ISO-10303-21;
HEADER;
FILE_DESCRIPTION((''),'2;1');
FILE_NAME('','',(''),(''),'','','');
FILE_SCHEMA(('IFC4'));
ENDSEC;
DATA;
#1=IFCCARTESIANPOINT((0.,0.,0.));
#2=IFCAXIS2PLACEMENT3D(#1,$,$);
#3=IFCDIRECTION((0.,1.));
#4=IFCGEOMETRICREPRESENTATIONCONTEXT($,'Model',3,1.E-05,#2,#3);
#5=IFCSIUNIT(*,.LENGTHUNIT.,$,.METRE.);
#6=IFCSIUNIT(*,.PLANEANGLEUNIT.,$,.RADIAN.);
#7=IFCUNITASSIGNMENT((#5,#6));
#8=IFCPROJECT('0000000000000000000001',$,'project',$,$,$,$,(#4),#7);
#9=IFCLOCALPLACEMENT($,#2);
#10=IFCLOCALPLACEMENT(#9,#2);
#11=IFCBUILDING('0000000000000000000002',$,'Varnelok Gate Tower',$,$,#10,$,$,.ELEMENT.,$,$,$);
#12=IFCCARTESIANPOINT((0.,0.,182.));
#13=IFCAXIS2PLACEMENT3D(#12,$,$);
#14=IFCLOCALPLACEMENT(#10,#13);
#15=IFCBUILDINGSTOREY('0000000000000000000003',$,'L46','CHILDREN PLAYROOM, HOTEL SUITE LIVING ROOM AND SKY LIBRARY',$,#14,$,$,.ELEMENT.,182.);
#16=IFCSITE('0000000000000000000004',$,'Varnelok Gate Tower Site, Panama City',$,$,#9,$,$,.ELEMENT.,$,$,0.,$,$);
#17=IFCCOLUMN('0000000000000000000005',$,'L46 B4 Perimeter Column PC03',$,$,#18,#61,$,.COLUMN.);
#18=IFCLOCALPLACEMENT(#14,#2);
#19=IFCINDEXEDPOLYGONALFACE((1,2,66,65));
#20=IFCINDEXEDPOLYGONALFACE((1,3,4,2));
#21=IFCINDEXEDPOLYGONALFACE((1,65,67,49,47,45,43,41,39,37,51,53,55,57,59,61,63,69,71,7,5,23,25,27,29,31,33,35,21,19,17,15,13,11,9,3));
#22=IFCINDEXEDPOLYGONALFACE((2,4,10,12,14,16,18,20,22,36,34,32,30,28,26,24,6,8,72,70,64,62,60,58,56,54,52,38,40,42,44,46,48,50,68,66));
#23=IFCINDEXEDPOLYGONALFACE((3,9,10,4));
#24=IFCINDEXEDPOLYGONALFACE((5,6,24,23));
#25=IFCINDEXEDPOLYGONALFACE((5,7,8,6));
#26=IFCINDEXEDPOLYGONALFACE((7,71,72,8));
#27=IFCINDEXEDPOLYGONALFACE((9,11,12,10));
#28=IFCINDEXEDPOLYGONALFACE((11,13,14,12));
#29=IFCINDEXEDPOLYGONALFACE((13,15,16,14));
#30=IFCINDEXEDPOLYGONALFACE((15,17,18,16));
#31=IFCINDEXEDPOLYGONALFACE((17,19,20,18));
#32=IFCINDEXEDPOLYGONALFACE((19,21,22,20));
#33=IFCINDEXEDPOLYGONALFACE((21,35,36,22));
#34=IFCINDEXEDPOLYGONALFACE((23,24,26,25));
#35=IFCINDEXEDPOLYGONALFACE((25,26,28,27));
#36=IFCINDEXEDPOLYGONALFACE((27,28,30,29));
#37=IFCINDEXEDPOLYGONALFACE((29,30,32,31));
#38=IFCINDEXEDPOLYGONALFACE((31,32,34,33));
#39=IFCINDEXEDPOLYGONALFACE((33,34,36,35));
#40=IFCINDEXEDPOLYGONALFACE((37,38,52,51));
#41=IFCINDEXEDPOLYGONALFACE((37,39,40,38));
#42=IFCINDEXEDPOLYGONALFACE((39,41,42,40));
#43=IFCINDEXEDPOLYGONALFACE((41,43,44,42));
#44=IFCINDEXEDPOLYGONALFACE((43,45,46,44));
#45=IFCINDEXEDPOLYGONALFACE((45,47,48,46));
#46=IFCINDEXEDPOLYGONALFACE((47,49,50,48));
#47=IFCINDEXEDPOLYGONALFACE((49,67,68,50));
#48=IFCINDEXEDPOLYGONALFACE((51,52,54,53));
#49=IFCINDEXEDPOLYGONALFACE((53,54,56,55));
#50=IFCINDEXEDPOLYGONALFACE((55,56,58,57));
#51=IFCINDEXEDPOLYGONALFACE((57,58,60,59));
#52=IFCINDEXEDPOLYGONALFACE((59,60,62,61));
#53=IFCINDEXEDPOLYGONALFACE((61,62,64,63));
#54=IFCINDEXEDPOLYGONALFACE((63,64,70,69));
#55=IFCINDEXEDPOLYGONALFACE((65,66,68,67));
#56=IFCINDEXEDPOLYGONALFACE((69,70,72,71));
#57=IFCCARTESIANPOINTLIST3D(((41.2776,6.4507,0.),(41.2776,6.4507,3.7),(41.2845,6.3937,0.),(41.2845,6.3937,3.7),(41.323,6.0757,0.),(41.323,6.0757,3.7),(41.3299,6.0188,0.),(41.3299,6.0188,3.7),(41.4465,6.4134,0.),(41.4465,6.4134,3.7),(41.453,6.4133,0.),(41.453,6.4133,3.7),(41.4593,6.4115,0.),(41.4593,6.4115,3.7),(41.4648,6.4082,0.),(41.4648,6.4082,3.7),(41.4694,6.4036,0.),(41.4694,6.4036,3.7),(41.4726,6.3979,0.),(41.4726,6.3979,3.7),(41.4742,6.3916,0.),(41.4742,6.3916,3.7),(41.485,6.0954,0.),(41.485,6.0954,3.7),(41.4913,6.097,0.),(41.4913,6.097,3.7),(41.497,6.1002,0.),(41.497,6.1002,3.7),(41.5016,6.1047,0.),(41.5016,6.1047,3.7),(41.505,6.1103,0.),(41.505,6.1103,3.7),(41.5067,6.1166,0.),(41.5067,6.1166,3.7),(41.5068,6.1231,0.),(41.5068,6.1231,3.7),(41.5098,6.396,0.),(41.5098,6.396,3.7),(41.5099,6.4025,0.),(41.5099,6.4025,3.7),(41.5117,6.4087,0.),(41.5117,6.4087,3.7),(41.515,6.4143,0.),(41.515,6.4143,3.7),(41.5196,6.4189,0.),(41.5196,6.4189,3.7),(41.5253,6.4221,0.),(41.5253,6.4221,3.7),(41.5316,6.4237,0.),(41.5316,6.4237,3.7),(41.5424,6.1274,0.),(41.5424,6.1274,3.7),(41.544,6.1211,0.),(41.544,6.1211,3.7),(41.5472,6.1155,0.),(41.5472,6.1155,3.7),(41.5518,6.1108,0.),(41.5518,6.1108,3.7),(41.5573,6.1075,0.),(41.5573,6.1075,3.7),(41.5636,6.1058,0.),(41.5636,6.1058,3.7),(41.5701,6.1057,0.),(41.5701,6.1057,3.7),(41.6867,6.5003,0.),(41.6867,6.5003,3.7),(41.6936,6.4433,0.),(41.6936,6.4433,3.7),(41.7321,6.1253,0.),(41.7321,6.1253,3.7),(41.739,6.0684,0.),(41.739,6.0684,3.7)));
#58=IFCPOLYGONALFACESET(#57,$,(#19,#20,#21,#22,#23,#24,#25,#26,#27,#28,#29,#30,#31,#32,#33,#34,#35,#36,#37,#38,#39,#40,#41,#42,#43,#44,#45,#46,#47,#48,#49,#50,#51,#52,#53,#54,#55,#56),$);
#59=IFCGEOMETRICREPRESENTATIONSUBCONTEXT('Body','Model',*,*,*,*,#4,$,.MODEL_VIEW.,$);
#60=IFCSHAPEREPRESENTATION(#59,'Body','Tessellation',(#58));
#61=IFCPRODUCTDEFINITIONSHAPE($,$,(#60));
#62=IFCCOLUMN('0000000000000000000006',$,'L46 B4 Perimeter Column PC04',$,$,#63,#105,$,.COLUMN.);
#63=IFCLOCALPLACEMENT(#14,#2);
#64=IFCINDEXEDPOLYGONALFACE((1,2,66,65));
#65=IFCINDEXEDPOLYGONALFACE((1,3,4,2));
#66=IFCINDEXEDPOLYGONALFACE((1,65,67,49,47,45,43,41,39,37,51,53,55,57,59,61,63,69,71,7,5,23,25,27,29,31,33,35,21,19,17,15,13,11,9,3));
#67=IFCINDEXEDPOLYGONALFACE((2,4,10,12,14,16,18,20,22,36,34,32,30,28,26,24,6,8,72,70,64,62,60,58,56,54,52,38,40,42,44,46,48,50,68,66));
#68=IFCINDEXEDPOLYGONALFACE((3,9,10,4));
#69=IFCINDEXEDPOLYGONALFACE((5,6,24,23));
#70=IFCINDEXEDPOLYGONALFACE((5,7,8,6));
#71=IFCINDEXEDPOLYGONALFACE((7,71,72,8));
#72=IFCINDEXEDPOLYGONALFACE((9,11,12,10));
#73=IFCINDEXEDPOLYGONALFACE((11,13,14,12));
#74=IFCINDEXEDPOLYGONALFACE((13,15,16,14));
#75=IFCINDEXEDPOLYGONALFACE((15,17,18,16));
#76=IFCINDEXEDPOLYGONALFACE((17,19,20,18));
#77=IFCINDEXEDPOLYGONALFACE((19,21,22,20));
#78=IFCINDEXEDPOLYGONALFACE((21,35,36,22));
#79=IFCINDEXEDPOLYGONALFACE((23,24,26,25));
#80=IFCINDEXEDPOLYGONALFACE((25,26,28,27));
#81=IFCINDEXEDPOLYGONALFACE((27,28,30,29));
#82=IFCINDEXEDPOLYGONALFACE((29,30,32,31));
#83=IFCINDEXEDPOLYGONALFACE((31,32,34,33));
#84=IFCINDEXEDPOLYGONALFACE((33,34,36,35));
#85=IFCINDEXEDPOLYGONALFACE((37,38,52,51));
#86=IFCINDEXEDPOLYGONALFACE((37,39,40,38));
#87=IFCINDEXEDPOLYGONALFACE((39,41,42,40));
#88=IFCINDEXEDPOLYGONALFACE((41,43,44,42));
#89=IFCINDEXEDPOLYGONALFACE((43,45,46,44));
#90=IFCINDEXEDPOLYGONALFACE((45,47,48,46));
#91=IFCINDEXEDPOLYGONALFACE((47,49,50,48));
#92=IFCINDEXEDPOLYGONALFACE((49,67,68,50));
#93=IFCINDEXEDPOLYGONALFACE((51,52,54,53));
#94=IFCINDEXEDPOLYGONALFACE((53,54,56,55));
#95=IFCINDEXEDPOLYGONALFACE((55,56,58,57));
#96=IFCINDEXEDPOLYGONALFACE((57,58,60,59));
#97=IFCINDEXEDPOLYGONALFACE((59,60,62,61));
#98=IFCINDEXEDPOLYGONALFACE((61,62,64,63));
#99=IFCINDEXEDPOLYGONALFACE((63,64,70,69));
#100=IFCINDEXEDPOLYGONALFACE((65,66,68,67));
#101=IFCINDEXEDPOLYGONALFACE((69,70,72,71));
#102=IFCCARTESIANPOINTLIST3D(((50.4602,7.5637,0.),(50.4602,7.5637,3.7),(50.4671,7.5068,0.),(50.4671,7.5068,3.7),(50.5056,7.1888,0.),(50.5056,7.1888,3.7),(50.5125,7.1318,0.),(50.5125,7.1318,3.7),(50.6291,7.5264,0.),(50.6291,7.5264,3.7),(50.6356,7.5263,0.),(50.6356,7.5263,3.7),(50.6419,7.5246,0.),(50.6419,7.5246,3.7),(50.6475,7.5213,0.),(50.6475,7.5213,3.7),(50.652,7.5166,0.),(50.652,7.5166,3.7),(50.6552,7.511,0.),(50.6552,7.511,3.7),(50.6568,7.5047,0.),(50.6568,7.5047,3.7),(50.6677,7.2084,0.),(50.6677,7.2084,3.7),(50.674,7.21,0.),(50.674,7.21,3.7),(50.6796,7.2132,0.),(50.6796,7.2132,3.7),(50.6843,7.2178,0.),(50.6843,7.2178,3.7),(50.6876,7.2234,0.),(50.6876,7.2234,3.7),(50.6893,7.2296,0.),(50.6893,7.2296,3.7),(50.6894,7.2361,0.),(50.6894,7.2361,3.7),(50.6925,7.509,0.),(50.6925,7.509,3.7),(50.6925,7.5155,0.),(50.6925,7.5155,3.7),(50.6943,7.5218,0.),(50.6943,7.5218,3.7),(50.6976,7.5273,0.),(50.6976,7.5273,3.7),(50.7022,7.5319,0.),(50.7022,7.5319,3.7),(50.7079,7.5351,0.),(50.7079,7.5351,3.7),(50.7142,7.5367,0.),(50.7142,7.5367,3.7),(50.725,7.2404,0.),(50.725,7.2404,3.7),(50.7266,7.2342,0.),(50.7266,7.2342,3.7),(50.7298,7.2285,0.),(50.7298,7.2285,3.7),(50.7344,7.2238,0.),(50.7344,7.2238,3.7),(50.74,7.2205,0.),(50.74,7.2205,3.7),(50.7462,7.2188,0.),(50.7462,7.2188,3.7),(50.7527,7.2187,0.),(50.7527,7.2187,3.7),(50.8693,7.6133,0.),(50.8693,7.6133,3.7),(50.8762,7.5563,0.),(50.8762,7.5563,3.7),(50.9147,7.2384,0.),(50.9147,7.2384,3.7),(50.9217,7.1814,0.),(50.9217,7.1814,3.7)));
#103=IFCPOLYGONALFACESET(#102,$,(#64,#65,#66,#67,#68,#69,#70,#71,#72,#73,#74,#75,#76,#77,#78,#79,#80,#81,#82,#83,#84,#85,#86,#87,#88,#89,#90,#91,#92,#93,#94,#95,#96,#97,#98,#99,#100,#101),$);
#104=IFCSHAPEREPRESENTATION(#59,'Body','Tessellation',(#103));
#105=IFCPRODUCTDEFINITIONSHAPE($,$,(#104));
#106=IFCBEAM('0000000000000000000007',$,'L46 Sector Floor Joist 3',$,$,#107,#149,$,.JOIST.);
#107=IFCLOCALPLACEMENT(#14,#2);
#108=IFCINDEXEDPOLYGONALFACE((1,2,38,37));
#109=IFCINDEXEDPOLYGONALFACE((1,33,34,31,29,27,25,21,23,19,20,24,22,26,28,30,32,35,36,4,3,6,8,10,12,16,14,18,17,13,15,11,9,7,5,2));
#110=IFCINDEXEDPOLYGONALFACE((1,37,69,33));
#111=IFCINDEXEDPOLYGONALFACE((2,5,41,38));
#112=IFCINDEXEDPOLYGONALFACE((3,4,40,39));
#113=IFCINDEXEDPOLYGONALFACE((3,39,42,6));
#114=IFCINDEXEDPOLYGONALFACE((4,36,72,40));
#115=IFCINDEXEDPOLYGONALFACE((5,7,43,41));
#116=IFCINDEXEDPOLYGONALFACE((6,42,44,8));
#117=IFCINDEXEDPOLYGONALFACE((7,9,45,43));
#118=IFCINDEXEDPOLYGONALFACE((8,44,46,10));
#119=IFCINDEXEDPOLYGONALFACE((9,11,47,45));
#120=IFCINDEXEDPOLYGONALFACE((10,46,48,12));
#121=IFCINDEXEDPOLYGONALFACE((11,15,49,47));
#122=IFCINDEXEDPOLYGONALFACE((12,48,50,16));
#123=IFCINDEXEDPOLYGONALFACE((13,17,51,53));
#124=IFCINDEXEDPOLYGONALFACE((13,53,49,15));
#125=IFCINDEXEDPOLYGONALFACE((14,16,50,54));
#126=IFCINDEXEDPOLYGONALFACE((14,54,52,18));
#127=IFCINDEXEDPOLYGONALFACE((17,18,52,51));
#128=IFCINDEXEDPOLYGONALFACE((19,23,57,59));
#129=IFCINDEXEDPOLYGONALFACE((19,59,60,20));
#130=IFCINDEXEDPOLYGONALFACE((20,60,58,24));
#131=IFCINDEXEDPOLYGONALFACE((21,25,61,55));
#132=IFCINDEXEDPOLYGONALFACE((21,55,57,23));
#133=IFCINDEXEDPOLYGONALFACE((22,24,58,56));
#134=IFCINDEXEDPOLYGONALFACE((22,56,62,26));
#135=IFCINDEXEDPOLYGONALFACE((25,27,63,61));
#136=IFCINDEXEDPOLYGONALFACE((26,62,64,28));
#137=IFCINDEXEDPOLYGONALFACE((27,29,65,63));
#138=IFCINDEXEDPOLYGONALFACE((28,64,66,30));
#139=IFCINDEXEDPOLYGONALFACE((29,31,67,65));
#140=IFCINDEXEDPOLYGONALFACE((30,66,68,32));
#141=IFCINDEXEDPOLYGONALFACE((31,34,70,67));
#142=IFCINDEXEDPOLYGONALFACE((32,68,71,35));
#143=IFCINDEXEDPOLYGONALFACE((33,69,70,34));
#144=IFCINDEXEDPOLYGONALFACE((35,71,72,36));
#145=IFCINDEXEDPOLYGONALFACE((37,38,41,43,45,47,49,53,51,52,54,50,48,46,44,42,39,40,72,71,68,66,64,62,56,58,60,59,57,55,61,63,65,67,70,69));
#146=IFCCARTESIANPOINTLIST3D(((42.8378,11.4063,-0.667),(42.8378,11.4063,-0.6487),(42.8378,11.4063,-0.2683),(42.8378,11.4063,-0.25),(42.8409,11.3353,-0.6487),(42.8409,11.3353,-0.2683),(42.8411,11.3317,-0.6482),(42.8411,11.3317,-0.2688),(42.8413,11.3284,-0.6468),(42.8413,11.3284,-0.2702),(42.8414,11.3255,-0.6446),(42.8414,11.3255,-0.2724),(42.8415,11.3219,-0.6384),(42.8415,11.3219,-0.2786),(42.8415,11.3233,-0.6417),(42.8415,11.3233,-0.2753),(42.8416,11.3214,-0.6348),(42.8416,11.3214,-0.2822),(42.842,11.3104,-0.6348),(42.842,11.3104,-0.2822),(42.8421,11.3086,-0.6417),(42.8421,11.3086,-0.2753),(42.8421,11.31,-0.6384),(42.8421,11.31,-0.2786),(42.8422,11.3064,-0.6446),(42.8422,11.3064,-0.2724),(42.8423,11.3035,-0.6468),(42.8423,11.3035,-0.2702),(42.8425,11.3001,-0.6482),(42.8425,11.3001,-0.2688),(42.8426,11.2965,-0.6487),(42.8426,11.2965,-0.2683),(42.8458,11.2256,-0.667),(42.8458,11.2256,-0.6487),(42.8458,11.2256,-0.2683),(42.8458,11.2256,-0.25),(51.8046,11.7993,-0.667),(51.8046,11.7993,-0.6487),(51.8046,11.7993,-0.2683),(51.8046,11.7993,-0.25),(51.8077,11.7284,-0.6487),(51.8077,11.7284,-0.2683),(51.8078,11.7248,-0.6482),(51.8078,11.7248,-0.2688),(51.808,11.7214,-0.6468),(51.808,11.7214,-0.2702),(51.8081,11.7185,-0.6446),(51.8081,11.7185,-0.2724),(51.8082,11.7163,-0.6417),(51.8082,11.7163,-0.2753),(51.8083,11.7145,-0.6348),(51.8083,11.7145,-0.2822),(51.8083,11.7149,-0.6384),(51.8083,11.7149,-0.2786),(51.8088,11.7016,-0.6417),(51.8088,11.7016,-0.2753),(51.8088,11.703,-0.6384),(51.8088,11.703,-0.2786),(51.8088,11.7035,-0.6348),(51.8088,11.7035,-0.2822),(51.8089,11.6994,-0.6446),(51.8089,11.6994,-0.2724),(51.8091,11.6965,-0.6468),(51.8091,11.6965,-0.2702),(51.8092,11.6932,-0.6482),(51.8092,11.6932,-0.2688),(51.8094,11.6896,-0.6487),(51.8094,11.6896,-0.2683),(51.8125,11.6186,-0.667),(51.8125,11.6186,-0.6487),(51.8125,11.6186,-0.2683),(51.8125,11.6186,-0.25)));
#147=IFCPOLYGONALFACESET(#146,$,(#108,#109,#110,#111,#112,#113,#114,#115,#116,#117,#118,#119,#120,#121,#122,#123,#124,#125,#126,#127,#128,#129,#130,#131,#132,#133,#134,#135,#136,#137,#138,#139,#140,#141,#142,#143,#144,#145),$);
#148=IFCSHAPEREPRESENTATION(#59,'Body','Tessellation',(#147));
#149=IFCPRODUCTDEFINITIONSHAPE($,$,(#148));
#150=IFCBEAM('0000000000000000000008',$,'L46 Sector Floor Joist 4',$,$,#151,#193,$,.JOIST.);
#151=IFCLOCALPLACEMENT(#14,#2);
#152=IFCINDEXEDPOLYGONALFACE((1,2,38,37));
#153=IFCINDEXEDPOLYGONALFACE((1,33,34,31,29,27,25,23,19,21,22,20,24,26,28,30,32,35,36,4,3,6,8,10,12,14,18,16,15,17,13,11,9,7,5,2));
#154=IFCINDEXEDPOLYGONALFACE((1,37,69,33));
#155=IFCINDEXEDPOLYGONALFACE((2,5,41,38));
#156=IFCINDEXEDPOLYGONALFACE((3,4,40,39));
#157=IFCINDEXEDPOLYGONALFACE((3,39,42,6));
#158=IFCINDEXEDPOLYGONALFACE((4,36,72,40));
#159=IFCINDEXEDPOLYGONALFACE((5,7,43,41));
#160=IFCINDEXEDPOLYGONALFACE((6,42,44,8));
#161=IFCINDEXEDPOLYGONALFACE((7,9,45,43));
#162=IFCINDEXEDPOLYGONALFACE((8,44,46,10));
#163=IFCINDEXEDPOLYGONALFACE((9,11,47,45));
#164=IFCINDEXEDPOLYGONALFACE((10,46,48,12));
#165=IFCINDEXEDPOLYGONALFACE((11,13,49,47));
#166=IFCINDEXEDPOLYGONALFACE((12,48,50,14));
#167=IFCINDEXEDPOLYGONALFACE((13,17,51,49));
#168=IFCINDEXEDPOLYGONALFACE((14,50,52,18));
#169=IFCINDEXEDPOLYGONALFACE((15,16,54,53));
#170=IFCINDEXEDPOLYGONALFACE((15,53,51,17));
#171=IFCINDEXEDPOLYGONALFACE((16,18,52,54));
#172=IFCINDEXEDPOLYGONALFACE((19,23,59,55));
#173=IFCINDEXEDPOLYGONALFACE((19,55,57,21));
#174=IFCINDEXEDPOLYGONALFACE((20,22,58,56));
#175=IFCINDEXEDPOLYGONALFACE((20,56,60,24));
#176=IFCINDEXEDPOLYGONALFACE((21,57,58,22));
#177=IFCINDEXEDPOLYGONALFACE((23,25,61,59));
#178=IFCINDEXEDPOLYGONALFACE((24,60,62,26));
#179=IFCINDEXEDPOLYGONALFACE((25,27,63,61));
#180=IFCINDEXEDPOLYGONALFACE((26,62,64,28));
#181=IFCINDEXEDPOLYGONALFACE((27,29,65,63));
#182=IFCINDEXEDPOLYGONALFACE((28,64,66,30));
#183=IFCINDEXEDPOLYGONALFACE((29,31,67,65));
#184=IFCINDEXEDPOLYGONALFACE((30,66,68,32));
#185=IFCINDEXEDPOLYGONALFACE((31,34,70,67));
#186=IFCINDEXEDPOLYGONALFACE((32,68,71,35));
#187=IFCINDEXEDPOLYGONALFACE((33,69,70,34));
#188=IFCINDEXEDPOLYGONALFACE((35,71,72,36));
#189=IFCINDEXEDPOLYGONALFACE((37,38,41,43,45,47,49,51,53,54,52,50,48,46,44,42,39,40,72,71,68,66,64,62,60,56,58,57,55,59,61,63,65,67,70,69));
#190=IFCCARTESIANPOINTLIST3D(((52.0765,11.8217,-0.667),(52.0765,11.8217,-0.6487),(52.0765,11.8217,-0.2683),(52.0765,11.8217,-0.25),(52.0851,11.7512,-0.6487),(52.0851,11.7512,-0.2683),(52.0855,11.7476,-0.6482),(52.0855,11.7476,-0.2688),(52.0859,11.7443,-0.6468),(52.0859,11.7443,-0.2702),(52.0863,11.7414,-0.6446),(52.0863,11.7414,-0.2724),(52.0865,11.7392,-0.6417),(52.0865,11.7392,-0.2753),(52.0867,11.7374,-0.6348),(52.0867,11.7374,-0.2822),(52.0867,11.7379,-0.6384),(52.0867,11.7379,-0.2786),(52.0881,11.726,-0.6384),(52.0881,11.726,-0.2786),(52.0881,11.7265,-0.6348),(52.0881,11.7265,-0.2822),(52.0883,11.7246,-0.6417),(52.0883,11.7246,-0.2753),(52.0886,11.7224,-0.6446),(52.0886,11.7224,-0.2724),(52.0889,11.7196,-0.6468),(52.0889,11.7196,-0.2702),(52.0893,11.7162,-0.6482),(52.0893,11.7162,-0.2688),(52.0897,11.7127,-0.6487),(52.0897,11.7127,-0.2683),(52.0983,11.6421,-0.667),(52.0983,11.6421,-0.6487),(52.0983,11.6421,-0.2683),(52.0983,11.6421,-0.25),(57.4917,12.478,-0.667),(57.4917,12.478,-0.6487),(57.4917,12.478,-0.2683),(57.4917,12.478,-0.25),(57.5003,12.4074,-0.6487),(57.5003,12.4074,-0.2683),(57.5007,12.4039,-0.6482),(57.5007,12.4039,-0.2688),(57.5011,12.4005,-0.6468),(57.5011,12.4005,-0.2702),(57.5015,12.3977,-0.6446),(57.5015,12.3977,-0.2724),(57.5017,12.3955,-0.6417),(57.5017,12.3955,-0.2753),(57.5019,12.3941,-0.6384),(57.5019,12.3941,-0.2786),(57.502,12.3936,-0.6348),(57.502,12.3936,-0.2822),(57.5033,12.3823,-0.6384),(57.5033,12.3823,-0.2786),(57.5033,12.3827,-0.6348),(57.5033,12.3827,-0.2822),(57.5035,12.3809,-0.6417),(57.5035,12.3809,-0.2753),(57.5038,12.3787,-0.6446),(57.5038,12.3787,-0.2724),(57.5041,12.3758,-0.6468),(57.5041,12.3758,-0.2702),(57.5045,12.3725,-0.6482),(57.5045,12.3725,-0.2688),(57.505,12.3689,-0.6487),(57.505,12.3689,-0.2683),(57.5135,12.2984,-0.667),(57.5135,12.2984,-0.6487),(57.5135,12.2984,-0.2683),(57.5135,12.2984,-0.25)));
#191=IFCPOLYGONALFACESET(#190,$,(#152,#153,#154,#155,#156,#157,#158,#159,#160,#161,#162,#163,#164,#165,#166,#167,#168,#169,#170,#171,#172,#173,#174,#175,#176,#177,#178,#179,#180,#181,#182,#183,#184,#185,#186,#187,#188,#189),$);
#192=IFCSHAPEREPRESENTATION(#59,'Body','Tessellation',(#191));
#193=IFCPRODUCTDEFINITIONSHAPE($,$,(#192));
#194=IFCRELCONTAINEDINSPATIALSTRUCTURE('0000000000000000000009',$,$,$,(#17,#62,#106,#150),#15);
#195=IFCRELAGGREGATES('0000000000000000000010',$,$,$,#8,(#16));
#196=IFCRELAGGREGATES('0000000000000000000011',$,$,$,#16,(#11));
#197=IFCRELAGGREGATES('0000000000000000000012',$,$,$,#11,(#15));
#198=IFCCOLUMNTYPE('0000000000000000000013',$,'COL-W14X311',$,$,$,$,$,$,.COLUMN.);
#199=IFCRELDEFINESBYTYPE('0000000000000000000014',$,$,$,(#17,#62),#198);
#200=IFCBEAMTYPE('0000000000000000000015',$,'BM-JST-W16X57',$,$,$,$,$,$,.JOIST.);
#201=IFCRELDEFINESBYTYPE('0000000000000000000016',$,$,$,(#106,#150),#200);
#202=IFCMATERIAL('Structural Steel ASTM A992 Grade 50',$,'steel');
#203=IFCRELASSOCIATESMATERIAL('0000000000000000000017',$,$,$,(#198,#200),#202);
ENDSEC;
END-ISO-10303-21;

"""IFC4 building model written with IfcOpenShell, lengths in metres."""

from ifc_helpers import new_model, si_unit, direction, frame, origin, origin_2d, place, context, subcontext, project, spatial, i_section, extrude, material, material_profile, profile_set, type_object, element, save


model = new_model("IFC4")

# Units and contexts
model_context = context("Model", 3, precision=1e-05, world=origin(), true_north=direction((0.0, 1.0)))
body_context = subcontext(model_context, "Body", "Model", "MODEL_VIEW")
ifc_project = project(units=[si_unit("LENGTHUNIT", "METRE"), si_unit("PLANEANGLEUNIT", "RADIAN")], contexts=[model_context])

# Site, building, storey
site_placement = place(None, origin())
site = spatial("IfcSite", under=ifc_project, at=site_placement, Name="Varnelok Gate Tower Site, Panama City", CompositionType="ELEMENT", RefElevation=0.0)
building_placement = place(site_placement, origin())
building = spatial("IfcBuilding", under=site, at=building_placement, Name="Varnelok Gate Tower", CompositionType="ELEMENT")
storey_placement = place(building_placement, frame((0.0, 0.0, 182.0)))
storey = spatial("IfcBuildingStorey", under=building, at=storey_placement, Name="L46", Description="CHILDREN PLAYROOM, HOTEL SUITE LIVING ROOM AND SKY LIBRARY", CompositionType="ELEMENT", Elevation=182.0)

# Columns
ifc_material_1 = material(Name="Structural Steel ASTM A992 Grade 50", Category="steel")
ifc_material_profile_1 = material_profile(ifc_material_1, i_section(OverallWidth=0.4121, OverallDepth=0.4351, WebThickness=0.0359, FlangeThickness=0.0574, FilletRadius=0.0249, at=origin_2d()), Name="W14X311")
ifc_profile_set_1 = profile_set([ifc_material_profile_1], Name="Structural Steel ASTM A992 Grade 50")
column_type = type_object("IfcColumnType", Name="COL-W14X311", PredefinedType="COLUMN", material=ifc_profile_set_1)
for number, where, z_axis, x_axis, name in (
    (1, (41.5083, 6.2595, 0.0), (0.0, 0.0, 1.0), (0.992732, 0.120345, 0.0), "L46 B4 Perimeter Column PC03"),
    (2, (50.6909, 7.3726, 0.0), (0.0, 0.0, 1.0), (0.992732, 0.120345, 0.0), "L46 B4 Perimeter Column PC04"),
):
    element("IfcColumn", number, at=place(storey_placement, frame(where, z_axis=z_axis, x_axis=x_axis)), inside=storey, type_object=column_type, Name=name, PredefinedType="COLUMN", context=body_context, shape_type="SweptSolid", body=[
        extrude(i_section(OverallWidth=0.4121, OverallDepth=0.4351, WebThickness=0.0359, FlangeThickness=0.0574, FilletRadius=0.0249, at=origin_2d()), origin(), (0.0, 0.0, 1.0), 3.7),
    ])

# Beams
ifc_material_profile_2 = material_profile(ifc_material_1, i_section(OverallWidth=0.1809, OverallDepth=0.417, WebThickness=0.011, FlangeThickness=0.0183, FilletRadius=0.0139, at=origin_2d()), Name="W16X57")
ifc_profile_set_2 = profile_set([ifc_material_profile_2], Name="Structural Steel ASTM A992 Grade 50")
beam_type_1 = type_object("IfcBeamType", Name="BM-JST-W16X57", PredefinedType="JOIST", material=ifc_profile_set_2)
beam_1_placement = place(storey_placement, frame((42.8418, 11.3159, -0.4585), z_axis=(0.999041, 0.043794, 0.0), x_axis=(-0.043794, 0.999041, 0.0)))
element("IfcBeam", 3, at=beam_1_placement, inside=storey, type_object=beam_type_1, Name="L46 Sector Floor Joist 3", PredefinedType="JOIST", context=body_context, shape_type="SweptSolid", body=[
    extrude(i_section(OverallWidth=0.1809, OverallDepth=0.417, WebThickness=0.011, FlangeThickness=0.0183, FilletRadius=0.0139, at=origin_2d()), origin(), (0.0, 0.0, 1.0), 8.9753),
])
beam_2_placement = place(storey_placement, frame((52.0874, 11.7319, -0.4585), z_axis=(0.992737, 0.120305, 0.0), x_axis=(-0.120305, 0.992737, 0.0)))
element("IfcBeam", 4, at=beam_2_placement, inside=storey, type_object=beam_type_1, Name="L46 Sector Floor Joist 4", PredefinedType="JOIST", context=body_context, shape_type="SweptSolid", body=[
    extrude(i_section(OverallWidth=0.1809, OverallDepth=0.417, WebThickness=0.011, FlangeThickness=0.0183, FilletRadius=0.0139, at=origin_2d()), origin(), (0.0, 0.0, 1.0), 5.4548),
])

save(model, "model.ifc")
